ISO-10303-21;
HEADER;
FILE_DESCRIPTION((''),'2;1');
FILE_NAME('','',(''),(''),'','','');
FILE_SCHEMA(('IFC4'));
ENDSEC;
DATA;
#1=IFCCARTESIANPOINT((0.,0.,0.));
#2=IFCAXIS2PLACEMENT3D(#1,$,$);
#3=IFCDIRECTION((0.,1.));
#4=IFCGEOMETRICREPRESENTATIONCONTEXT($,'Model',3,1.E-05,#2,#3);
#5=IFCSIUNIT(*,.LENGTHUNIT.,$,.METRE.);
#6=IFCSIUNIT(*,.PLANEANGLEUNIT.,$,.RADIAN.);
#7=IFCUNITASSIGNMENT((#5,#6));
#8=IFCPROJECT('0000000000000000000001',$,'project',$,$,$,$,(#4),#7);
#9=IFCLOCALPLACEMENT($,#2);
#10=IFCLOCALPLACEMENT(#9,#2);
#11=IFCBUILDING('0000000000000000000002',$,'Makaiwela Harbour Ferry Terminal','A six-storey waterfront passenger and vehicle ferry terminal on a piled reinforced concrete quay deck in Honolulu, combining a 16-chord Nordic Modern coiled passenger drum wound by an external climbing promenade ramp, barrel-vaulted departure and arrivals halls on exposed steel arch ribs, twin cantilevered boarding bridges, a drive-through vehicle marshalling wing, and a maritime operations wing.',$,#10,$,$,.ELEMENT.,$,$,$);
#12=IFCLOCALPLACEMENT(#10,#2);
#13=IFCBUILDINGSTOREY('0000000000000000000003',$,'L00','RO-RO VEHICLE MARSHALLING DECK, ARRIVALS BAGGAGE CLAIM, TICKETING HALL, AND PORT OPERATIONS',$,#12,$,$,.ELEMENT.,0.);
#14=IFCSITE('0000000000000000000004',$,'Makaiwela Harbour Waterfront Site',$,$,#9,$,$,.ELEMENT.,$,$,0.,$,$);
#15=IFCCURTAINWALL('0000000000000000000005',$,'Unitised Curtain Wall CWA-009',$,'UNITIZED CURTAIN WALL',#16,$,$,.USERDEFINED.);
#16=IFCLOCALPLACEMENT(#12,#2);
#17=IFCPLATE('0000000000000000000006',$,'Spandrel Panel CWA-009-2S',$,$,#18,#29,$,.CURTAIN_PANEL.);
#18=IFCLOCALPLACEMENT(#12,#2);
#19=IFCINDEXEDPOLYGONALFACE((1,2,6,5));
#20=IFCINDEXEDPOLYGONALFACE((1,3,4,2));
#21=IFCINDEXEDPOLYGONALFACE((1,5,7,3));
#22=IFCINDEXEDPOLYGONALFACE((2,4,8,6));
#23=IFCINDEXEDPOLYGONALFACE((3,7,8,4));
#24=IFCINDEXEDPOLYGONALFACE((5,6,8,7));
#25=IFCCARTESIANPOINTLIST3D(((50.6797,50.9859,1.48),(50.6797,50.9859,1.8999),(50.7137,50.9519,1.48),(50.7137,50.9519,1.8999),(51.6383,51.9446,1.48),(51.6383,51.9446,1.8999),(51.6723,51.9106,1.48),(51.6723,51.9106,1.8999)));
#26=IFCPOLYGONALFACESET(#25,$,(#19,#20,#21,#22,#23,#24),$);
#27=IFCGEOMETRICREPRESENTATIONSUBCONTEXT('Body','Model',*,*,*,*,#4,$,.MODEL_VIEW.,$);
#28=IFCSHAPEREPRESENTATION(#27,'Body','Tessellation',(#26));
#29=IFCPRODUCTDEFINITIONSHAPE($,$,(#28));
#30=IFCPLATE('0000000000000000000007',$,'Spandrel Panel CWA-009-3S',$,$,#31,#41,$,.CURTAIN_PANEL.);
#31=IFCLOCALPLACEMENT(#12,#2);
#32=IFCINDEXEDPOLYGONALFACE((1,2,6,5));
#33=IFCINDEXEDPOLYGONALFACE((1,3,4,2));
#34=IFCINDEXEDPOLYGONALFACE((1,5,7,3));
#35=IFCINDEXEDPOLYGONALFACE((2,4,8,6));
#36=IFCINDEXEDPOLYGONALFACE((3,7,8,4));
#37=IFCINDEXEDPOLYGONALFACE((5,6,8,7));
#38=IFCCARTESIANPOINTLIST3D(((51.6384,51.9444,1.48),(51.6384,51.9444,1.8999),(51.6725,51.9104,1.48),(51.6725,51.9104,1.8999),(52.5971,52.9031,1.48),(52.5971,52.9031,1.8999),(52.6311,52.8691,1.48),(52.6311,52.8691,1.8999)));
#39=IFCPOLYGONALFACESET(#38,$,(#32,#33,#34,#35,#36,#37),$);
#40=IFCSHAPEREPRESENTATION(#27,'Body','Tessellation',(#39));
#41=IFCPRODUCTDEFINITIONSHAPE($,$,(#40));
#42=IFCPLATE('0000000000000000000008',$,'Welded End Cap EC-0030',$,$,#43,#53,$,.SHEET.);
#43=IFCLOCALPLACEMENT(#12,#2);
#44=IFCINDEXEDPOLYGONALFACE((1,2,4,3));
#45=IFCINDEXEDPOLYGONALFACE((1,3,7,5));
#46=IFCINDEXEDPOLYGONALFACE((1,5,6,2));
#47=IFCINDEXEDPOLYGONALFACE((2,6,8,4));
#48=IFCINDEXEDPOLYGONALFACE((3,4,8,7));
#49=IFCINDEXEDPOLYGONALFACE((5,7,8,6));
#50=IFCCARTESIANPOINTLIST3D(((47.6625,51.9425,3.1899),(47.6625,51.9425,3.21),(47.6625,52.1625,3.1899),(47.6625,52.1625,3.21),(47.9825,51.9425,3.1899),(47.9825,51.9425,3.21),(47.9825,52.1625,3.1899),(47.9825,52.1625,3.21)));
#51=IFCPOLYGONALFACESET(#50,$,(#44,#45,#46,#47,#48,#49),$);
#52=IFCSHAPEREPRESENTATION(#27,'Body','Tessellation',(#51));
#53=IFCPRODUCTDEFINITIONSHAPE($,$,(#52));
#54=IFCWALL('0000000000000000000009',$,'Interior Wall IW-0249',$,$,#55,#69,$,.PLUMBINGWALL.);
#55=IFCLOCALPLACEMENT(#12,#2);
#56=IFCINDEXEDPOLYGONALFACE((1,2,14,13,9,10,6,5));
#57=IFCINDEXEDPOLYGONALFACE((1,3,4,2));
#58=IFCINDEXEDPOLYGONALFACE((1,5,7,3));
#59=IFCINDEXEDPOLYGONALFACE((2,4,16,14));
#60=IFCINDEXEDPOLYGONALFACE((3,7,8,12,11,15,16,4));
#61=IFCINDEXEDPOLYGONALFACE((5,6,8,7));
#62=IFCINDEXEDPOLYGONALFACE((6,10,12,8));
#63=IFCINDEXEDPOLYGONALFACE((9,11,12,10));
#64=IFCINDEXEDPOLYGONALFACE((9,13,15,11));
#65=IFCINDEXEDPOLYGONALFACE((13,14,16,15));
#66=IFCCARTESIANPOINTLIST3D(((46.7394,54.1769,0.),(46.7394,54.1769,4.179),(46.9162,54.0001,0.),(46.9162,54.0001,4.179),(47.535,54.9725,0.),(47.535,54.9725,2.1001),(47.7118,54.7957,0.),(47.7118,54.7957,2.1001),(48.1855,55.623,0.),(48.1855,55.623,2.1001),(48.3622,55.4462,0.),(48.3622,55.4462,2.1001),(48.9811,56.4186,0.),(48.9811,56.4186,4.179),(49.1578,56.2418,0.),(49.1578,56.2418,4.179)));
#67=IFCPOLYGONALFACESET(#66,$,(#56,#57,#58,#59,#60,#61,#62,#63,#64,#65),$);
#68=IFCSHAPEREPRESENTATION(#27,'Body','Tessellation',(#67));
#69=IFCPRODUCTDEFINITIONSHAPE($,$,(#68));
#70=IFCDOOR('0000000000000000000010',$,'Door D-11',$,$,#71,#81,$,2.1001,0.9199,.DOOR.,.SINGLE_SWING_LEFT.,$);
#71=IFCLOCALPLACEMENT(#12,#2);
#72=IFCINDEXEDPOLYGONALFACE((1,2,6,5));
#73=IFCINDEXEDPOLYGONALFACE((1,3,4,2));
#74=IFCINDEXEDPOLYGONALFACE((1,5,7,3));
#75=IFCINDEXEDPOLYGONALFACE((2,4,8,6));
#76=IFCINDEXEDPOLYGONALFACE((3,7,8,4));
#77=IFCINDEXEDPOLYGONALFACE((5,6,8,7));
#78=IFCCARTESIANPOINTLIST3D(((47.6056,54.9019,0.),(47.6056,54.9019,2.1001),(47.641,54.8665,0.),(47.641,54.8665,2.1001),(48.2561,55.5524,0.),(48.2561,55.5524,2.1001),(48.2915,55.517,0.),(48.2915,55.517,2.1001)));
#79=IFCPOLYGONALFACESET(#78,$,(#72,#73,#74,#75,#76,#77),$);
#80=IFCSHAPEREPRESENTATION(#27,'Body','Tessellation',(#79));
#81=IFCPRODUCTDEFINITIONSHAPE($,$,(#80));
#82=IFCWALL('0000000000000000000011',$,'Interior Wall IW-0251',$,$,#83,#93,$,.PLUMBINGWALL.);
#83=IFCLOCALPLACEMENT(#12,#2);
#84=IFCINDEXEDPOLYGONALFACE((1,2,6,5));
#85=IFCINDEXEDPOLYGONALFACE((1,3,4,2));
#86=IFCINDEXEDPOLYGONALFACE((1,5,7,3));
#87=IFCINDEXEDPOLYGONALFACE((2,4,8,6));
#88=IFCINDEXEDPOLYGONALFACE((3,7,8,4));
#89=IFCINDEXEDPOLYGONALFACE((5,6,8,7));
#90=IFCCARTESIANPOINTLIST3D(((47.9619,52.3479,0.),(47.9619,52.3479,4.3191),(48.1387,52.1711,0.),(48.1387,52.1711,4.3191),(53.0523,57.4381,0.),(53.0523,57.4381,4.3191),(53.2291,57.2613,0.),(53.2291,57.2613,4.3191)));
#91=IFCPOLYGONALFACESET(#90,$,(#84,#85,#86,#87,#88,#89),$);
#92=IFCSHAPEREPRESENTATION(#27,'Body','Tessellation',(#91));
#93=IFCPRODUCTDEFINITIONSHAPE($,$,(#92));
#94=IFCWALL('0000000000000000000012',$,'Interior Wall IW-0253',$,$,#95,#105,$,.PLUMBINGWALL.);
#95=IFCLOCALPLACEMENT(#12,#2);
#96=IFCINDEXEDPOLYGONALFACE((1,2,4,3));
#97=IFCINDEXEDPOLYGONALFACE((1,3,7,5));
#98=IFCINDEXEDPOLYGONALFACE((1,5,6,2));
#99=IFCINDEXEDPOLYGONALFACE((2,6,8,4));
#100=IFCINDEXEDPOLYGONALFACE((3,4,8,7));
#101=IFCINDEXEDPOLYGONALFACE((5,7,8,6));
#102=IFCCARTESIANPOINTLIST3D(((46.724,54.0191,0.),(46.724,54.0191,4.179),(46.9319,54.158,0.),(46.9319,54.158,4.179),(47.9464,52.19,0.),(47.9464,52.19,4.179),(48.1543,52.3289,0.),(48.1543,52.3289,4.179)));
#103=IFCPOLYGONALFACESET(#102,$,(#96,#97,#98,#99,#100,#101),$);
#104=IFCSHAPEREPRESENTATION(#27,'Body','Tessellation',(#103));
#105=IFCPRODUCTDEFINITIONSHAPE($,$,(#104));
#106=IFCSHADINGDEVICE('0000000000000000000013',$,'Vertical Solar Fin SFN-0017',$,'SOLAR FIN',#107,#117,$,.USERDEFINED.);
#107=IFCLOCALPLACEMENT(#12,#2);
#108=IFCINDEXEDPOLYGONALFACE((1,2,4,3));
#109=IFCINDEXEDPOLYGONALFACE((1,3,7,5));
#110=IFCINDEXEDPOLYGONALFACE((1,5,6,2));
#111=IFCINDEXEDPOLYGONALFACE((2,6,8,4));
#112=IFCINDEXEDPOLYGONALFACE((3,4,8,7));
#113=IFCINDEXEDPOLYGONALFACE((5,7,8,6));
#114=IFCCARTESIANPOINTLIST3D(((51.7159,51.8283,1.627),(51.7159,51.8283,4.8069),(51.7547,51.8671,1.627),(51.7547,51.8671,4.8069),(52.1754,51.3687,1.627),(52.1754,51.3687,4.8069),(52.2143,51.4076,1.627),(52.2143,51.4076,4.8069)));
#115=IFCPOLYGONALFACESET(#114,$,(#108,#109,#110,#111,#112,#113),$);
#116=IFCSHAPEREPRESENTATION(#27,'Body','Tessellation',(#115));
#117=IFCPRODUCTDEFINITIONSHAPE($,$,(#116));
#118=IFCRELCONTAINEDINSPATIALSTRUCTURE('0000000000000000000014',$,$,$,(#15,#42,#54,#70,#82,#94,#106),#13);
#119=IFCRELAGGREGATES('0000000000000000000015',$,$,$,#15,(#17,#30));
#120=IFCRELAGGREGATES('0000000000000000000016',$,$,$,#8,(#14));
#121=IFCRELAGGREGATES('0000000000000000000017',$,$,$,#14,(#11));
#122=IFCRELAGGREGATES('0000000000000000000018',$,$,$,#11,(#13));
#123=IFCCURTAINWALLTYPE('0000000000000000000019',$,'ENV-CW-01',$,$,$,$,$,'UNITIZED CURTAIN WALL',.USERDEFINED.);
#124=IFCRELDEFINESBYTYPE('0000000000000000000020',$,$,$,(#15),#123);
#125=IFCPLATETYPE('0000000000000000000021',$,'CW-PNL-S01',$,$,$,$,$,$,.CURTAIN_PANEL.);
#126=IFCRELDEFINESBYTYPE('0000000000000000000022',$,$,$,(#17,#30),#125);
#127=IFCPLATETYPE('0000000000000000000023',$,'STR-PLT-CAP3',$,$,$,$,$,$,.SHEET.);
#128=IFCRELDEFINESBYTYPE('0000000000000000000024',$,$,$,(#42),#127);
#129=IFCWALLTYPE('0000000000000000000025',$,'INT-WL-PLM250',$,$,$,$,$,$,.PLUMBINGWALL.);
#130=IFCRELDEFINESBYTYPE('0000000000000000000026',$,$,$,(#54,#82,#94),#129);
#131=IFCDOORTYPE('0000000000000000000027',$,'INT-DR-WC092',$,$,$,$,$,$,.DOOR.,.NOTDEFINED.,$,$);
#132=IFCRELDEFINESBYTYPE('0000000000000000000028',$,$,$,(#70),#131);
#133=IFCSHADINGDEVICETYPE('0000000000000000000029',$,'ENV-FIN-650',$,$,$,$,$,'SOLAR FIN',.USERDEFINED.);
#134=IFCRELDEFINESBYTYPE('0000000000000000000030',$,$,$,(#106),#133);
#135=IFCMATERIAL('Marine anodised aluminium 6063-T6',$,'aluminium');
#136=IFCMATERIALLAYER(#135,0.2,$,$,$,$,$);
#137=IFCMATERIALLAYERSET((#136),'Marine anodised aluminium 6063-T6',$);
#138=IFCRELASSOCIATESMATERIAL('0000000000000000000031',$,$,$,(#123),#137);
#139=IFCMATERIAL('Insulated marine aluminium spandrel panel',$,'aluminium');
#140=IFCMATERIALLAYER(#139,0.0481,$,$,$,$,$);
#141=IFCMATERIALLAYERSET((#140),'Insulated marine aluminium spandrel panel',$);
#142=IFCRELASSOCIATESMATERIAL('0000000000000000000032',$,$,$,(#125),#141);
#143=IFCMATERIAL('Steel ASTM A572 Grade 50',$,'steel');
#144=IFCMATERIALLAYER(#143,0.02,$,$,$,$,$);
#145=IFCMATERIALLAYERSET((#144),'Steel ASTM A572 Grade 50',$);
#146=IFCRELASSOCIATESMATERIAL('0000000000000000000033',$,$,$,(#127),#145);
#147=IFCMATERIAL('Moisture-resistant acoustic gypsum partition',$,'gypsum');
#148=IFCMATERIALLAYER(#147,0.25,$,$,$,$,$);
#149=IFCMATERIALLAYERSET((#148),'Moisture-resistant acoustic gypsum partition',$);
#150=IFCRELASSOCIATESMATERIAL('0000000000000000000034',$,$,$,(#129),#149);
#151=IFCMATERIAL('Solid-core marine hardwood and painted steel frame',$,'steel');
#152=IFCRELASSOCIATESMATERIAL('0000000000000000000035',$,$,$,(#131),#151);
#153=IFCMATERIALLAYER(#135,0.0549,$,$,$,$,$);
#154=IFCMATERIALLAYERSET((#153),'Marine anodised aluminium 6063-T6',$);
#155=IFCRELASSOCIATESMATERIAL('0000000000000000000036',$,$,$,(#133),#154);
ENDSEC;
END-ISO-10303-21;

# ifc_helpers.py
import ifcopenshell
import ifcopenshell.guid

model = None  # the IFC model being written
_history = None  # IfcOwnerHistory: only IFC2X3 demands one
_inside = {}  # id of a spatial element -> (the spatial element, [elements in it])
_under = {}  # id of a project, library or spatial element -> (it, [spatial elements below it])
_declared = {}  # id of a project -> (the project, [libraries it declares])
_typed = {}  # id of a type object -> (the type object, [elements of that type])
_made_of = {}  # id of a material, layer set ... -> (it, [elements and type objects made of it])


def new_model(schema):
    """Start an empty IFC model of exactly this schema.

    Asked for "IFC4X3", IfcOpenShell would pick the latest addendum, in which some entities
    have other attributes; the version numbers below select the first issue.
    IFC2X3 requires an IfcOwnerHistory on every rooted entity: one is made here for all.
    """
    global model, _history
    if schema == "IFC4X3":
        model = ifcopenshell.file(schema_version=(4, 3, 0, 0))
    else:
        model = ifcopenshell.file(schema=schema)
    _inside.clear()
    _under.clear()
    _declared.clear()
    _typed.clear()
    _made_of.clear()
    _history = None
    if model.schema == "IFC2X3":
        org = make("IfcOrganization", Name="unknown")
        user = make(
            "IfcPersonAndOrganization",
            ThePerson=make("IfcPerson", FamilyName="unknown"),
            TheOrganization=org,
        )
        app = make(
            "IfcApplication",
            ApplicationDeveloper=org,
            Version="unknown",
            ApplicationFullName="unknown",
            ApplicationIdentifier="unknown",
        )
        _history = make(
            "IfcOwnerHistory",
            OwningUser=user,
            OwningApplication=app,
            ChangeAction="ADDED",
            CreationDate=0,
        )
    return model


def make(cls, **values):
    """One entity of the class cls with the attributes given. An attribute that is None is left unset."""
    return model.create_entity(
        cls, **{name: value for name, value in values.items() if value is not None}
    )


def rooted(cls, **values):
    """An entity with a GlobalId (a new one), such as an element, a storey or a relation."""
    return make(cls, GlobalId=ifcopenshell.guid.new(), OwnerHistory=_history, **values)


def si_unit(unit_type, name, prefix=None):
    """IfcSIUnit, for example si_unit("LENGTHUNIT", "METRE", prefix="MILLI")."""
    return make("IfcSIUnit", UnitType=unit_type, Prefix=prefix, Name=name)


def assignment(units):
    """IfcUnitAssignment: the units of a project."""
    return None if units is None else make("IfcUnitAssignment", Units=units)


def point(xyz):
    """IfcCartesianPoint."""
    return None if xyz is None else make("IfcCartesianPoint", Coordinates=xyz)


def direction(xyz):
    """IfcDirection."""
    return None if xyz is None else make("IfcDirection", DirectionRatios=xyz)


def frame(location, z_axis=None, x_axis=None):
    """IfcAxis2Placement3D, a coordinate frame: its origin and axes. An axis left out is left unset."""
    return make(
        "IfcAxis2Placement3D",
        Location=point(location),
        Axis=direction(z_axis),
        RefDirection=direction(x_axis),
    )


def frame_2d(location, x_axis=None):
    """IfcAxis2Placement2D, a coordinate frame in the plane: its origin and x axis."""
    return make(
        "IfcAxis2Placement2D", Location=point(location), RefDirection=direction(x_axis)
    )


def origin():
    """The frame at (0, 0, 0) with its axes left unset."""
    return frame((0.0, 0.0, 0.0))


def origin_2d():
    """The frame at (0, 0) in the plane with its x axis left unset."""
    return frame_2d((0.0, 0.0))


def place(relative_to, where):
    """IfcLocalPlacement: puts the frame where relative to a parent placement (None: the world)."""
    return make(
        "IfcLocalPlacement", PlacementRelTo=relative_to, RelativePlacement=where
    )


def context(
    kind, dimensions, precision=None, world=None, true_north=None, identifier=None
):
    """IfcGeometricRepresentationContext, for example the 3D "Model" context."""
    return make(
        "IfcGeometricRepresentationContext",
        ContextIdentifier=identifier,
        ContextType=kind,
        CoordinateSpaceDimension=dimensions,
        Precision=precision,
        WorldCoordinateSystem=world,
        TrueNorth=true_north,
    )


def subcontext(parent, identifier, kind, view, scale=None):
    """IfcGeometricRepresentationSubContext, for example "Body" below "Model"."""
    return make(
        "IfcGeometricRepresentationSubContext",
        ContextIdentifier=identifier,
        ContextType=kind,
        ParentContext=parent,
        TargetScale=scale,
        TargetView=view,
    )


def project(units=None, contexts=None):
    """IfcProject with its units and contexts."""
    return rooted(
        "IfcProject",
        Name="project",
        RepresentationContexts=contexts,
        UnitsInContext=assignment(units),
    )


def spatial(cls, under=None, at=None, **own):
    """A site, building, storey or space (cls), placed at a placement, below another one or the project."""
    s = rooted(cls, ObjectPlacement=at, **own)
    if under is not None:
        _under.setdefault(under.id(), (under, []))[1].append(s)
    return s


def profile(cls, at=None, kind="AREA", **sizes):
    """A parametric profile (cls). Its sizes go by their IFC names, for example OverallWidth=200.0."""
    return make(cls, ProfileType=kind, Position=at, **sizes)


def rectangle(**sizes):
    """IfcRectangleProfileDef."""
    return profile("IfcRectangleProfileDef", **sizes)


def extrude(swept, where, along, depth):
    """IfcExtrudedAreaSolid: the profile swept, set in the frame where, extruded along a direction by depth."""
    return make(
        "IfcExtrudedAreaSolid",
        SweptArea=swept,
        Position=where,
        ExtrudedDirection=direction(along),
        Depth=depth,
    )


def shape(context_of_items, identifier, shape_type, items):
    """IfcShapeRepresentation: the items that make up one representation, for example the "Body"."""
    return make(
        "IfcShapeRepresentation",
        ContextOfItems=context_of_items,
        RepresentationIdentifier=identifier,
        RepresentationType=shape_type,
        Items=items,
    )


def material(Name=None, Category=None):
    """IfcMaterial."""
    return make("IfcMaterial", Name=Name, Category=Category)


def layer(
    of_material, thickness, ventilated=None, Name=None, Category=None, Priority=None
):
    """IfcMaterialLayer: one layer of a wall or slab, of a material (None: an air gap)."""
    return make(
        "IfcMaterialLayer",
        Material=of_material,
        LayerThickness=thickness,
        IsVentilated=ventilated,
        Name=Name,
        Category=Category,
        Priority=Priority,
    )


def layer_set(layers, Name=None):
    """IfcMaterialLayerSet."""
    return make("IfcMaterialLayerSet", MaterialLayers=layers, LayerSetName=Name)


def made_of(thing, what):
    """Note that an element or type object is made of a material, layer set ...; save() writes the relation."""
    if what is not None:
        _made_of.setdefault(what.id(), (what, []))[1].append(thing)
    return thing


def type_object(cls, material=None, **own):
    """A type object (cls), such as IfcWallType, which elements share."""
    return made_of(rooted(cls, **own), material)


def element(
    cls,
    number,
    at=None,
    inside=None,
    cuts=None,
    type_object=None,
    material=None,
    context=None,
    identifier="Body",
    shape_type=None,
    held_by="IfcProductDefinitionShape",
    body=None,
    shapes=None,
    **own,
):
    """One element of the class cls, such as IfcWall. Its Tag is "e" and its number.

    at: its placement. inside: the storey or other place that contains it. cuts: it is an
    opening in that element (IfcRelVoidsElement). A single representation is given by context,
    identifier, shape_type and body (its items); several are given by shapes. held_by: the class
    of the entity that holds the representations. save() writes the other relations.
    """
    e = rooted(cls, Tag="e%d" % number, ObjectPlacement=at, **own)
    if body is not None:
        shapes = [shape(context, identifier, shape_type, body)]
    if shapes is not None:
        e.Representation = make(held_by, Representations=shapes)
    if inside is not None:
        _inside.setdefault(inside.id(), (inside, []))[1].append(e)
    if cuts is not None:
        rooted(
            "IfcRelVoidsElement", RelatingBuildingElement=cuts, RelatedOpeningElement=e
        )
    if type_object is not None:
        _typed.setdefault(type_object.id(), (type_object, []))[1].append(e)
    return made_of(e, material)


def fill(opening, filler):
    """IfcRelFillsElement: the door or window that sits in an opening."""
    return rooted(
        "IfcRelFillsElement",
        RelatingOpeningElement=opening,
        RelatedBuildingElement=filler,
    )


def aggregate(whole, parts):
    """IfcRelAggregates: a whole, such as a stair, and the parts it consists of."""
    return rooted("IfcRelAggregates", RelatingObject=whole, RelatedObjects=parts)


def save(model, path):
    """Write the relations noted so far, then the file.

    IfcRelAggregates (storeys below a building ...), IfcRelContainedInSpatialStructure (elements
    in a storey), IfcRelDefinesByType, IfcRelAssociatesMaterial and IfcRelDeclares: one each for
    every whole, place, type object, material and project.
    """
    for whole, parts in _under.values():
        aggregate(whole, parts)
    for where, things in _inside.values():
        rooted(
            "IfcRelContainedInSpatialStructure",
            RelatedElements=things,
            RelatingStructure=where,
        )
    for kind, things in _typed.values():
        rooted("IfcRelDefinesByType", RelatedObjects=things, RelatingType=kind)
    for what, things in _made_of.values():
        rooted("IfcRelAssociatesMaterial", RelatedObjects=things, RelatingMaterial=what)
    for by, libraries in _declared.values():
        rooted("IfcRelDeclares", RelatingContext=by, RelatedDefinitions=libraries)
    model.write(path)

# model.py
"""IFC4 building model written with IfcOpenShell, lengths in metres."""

from ifc_helpers import new_model, si_unit, direction, frame, frame_2d, origin, origin_2d, place, context, subcontext, project, spatial, rectangle, extrude, material, layer, layer_set, type_object, element, fill, aggregate, save


model = new_model("IFC4")

# Units and contexts
model_context = context("Model", 3, precision=1e-05, world=origin(), true_north=direction((0.0, 1.0)))
body_context = subcontext(model_context, "Body", "Model", "MODEL_VIEW")
ifc_project = project(units=[si_unit("LENGTHUNIT", "METRE"), si_unit("PLANEANGLEUNIT", "RADIAN")], contexts=[model_context])

# Site, building, storey
site_placement = place(None, origin())
site = spatial("IfcSite", under=ifc_project, at=site_placement, Name="Makaiwela Harbour Waterfront Site", CompositionType="ELEMENT", RefElevation=0.0)
building_placement = place(site_placement, origin())
building = spatial("IfcBuilding", under=site, at=building_placement, Name="Makaiwela Harbour Ferry Terminal", Description="A six-storey waterfront passenger and vehicle ferry terminal on a piled reinforced concrete quay deck in Honolulu, combining a 16-chord Nordic Modern coiled passenger drum wound by an external climbing promenade ramp, barrel-vaulted departure and arrivals halls on exposed steel arch ribs, twin cantilevered boarding bridges, a drive-through vehicle marshalling wing, and a maritime operations wing.", CompositionType="ELEMENT")
storey_placement = place(building_placement, origin())
storey = spatial("IfcBuildingStorey", under=building, at=storey_placement, Name="L00", Description="RO-RO VEHICLE MARSHALLING DECK, ARRIVALS BAGGAGE CLAIM, TICKETING HALL, AND PORT OPERATIONS", CompositionType="ELEMENT", Elevation=0.0)

# Curtain wall
ifc_material_1 = material(Name="Marine anodised aluminium 6063-T6", Category="aluminium")
ifc_layer_1 = layer(ifc_material_1, 0.2)
ifc_layer_set_1 = layer_set([ifc_layer_1], Name="Marine anodised aluminium 6063-T6")
curtain_wall_type = type_object("IfcCurtainWallType", Name="ENV-CW-01", ElementType="UNITIZED CURTAIN WALL", PredefinedType="USERDEFINED", material=ifc_layer_set_1)
curtain_wall_placement = place(storey_placement, origin())
curtain_wall = element("IfcCurtainWall", 1, at=curtain_wall_placement, inside=storey, type_object=curtain_wall_type, Name="Unitised Curtain Wall CWA-009", ObjectType="UNITIZED CURTAIN WALL", PredefinedType="USERDEFINED")

# Plates
ifc_material_2 = material(Name="Insulated marine aluminium spandrel panel", Category="aluminium")
ifc_layer_2 = layer(ifc_material_2, 0.0481)
ifc_layer_set_2 = layer_set([ifc_layer_2], Name="Insulated marine aluminium spandrel panel")
plate_type_1 = type_object("IfcPlateType", Name="CW-PNL-S01", PredefinedType="CURTAIN_PANEL", material=ifc_layer_set_2)
plate_1_placement = place(storey_placement, frame((51.176, 51.4482, 1.48), z_axis=(0.0, 0.0, 1.0), x_axis=(0.707107, 0.707107, 0.0)))
plate_1 = element("IfcPlate", 2, at=plate_1_placement, type_object=plate_type_1, Name="Spandrel Panel CWA-009-2S", PredefinedType="CURTAIN_PANEL", context=body_context, shape_type="SweptSolid", body=[
    extrude(rectangle(XDim=1.3557, YDim=0.0481, at=origin_2d()), origin(), (0.0, 0.0, 1.0), 0.4199),
])
plate_2_placement = place(storey_placement, frame((52.1348, 52.4067, 1.48), z_axis=(0.0, 0.0, 1.0), x_axis=(0.707107, 0.707107, 0.0)))
plate_2 = element("IfcPlate", 3, at=plate_2_placement, type_object=plate_type_1, Name="Spandrel Panel CWA-009-3S", PredefinedType="CURTAIN_PANEL", context=body_context, shape_type="SweptSolid", body=[
    extrude(rectangle(XDim=1.3557, YDim=0.0481, at=origin_2d()), origin(), (0.0, 0.0, 1.0), 0.4199),
])
aggregate(curtain_wall, [plate_1, plate_2])
ifc_material_3 = material(Name="Steel ASTM A572 Grade 50", Category="steel")
ifc_layer_3 = layer(ifc_material_3, 0.02)
ifc_layer_set_3 = layer_set([ifc_layer_3], Name="Steel ASTM A572 Grade 50")
plate_type_2 = type_object("IfcPlateType", Name="STR-PLT-CAP3", PredefinedType="SHEET", material=ifc_layer_set_3)
plate_3_placement = place(storey_placement, frame((47.8225, 52.0525, 3.1899), z_axis=(0.0, 0.0, 1.0), x_axis=(1.0, 0.0, 0.0)))
element("IfcPlate", 4, at=plate_3_placement, inside=storey, type_object=plate_type_2, Name="Welded End Cap EC-0030", PredefinedType="SHEET", context=body_context, shape_type="SweptSolid", body=[
    extrude(rectangle(XDim=0.3201, YDim=0.22, at=origin_2d()), origin(), (0.0, 0.0, 1.0), 0.02),
])

# Wall, opening, door
ifc_material_4 = material(Name="Moisture-resistant acoustic gypsum partition", Category="gypsum")
ifc_layer_4 = layer(ifc_material_4, 0.25)
ifc_layer_set_4 = layer_set([ifc_layer_4], Name="Moisture-resistant acoustic gypsum partition")
wall_type = type_object("IfcWallType", Name="INT-WL-PLM250", PredefinedType="PLUMBINGWALL", material=ifc_layer_set_4)
wall_1_placement = place(storey_placement, frame((46.8279, 54.0886, 0.0), z_axis=(0.0, 0.0, 1.0), x_axis=(0.707107, 0.707107, 0.0)))
wall_1 = element("IfcWall", 5, at=wall_1_placement, inside=storey, type_object=wall_type, Name="Interior Wall IW-0249", PredefinedType="PLUMBINGWALL", context=body_context, shape_type="SweptSolid", body=[
    extrude(rectangle(XDim=3.1702, YDim=0.25, at=frame_2d((1.585, 0.0))), origin(), (0.0, 0.0, 1.0), 4.179),
])
opening_placement = place(wall_1_placement, frame((1.125, 0.0, 0.0)))
opening = element("IfcOpeningElement", 6, at=opening_placement, cuts=wall_1, PredefinedType="OPENING", context=body_context, shape_type="SweptSolid", body=[
    extrude(rectangle(XDim=0.9199, YDim=2.1001, at=frame_2d((0.46, 1.05))), frame((0.0, 0.135, 0.0), z_axis=(0.0, -1.0, 0.0), x_axis=(1.0, 0.0, 0.0)), (0.0, 0.0, 1.0), 0.27),
])
ifc_material_5 = material(Name="Solid-core marine hardwood and painted steel frame", Category="steel")
door_type = type_object("IfcDoorType", Name="INT-DR-WC092", OperationType="NOTDEFINED", PredefinedType="DOOR", material=ifc_material_5)
door_placement = place(opening_placement, frame((0.9199, 0.0, 0.0), z_axis=(0.0, 0.0, 1.0), x_axis=(-1.0, 0.0, 0.0)))
door = element("IfcDoor", 7, at=door_placement, inside=storey, type_object=door_type, Name="Door D-11", OperationType="SINGLE_SWING_LEFT", OverallHeight=2.1001, OverallWidth=0.9199, PredefinedType="DOOR", context=body_context, shape_type="SweptSolid", body=[
    extrude(rectangle(XDim=0.9199, YDim=2.1001, at=frame_2d((0.46, 1.05))), frame((0.0, 0.0249, 0.0), z_axis=(0.0, -1.0, 0.0), x_axis=(1.0, 0.0, 0.0)), (0.0, 0.0, 1.0), 0.05),
])
fill(opening, door)

# Walls
wall_2_placement = place(storey_placement, frame((48.0503, 52.2595, 0.0), z_axis=(0.0, 0.0, 1.0), x_axis=(0.707124, 0.70709, 0.0)))
element("IfcWall", 8, at=wall_2_placement, inside=storey, type_object=wall_type, Name="Interior Wall IW-0251", PredefinedType="PLUMBINGWALL", context=body_context, shape_type="SweptSolid", body=[
    extrude(rectangle(XDim=7.1987, YDim=0.25, at=frame_2d((3.5994, 0.0))), origin(), (0.0, 0.0, 1.0), 4.3191),
])
wall_3_placement = place(storey_placement, frame((46.8279, 54.0886, 0.0), z_axis=(0.0, 0.0, 1.0), x_axis=(0.555647, -0.831418, 0.0)))
element("IfcWall", 9, at=wall_3_placement, inside=storey, type_object=wall_type, Name="Interior Wall IW-0253", PredefinedType="PLUMBINGWALL", context=body_context, shape_type="SweptSolid", body=[
    extrude(rectangle(XDim=2.2, YDim=0.25, at=frame_2d((1.1001, 0.0))), origin(), (0.0, 0.0, 1.0), 4.179),
])

# Shading device
ifc_layer_5 = layer(ifc_material_1, 0.0549)
ifc_layer_set_5 = layer_set([ifc_layer_5], Name="Marine anodised aluminium 6063-T6")
shading_device_type = type_object("IfcShadingDeviceType", Name="ENV-FIN-650", ElementType="SOLAR FIN", PredefinedType="USERDEFINED", material=ifc_layer_set_5)
shading_device_placement = place(storey_placement, frame((51.9651, 51.6179, 1.627), z_axis=(0.0, 0.0, 1.0), x_axis=(0.707107, -0.707107, 0.0)))
element("IfcShadingDevice", 10, at=shading_device_placement, inside=storey, type_object=shading_device_type, Name="Vertical Solar Fin SFN-0017", ObjectType="SOLAR FIN", PredefinedType="USERDEFINED", context=body_context, shape_type="SweptSolid", body=[
    extrude(rectangle(XDim=0.6499, YDim=0.0549, at=origin_2d()), origin(), (0.0, 0.0, 1.0), 3.1799),
])

save(model, "model.ifc")
